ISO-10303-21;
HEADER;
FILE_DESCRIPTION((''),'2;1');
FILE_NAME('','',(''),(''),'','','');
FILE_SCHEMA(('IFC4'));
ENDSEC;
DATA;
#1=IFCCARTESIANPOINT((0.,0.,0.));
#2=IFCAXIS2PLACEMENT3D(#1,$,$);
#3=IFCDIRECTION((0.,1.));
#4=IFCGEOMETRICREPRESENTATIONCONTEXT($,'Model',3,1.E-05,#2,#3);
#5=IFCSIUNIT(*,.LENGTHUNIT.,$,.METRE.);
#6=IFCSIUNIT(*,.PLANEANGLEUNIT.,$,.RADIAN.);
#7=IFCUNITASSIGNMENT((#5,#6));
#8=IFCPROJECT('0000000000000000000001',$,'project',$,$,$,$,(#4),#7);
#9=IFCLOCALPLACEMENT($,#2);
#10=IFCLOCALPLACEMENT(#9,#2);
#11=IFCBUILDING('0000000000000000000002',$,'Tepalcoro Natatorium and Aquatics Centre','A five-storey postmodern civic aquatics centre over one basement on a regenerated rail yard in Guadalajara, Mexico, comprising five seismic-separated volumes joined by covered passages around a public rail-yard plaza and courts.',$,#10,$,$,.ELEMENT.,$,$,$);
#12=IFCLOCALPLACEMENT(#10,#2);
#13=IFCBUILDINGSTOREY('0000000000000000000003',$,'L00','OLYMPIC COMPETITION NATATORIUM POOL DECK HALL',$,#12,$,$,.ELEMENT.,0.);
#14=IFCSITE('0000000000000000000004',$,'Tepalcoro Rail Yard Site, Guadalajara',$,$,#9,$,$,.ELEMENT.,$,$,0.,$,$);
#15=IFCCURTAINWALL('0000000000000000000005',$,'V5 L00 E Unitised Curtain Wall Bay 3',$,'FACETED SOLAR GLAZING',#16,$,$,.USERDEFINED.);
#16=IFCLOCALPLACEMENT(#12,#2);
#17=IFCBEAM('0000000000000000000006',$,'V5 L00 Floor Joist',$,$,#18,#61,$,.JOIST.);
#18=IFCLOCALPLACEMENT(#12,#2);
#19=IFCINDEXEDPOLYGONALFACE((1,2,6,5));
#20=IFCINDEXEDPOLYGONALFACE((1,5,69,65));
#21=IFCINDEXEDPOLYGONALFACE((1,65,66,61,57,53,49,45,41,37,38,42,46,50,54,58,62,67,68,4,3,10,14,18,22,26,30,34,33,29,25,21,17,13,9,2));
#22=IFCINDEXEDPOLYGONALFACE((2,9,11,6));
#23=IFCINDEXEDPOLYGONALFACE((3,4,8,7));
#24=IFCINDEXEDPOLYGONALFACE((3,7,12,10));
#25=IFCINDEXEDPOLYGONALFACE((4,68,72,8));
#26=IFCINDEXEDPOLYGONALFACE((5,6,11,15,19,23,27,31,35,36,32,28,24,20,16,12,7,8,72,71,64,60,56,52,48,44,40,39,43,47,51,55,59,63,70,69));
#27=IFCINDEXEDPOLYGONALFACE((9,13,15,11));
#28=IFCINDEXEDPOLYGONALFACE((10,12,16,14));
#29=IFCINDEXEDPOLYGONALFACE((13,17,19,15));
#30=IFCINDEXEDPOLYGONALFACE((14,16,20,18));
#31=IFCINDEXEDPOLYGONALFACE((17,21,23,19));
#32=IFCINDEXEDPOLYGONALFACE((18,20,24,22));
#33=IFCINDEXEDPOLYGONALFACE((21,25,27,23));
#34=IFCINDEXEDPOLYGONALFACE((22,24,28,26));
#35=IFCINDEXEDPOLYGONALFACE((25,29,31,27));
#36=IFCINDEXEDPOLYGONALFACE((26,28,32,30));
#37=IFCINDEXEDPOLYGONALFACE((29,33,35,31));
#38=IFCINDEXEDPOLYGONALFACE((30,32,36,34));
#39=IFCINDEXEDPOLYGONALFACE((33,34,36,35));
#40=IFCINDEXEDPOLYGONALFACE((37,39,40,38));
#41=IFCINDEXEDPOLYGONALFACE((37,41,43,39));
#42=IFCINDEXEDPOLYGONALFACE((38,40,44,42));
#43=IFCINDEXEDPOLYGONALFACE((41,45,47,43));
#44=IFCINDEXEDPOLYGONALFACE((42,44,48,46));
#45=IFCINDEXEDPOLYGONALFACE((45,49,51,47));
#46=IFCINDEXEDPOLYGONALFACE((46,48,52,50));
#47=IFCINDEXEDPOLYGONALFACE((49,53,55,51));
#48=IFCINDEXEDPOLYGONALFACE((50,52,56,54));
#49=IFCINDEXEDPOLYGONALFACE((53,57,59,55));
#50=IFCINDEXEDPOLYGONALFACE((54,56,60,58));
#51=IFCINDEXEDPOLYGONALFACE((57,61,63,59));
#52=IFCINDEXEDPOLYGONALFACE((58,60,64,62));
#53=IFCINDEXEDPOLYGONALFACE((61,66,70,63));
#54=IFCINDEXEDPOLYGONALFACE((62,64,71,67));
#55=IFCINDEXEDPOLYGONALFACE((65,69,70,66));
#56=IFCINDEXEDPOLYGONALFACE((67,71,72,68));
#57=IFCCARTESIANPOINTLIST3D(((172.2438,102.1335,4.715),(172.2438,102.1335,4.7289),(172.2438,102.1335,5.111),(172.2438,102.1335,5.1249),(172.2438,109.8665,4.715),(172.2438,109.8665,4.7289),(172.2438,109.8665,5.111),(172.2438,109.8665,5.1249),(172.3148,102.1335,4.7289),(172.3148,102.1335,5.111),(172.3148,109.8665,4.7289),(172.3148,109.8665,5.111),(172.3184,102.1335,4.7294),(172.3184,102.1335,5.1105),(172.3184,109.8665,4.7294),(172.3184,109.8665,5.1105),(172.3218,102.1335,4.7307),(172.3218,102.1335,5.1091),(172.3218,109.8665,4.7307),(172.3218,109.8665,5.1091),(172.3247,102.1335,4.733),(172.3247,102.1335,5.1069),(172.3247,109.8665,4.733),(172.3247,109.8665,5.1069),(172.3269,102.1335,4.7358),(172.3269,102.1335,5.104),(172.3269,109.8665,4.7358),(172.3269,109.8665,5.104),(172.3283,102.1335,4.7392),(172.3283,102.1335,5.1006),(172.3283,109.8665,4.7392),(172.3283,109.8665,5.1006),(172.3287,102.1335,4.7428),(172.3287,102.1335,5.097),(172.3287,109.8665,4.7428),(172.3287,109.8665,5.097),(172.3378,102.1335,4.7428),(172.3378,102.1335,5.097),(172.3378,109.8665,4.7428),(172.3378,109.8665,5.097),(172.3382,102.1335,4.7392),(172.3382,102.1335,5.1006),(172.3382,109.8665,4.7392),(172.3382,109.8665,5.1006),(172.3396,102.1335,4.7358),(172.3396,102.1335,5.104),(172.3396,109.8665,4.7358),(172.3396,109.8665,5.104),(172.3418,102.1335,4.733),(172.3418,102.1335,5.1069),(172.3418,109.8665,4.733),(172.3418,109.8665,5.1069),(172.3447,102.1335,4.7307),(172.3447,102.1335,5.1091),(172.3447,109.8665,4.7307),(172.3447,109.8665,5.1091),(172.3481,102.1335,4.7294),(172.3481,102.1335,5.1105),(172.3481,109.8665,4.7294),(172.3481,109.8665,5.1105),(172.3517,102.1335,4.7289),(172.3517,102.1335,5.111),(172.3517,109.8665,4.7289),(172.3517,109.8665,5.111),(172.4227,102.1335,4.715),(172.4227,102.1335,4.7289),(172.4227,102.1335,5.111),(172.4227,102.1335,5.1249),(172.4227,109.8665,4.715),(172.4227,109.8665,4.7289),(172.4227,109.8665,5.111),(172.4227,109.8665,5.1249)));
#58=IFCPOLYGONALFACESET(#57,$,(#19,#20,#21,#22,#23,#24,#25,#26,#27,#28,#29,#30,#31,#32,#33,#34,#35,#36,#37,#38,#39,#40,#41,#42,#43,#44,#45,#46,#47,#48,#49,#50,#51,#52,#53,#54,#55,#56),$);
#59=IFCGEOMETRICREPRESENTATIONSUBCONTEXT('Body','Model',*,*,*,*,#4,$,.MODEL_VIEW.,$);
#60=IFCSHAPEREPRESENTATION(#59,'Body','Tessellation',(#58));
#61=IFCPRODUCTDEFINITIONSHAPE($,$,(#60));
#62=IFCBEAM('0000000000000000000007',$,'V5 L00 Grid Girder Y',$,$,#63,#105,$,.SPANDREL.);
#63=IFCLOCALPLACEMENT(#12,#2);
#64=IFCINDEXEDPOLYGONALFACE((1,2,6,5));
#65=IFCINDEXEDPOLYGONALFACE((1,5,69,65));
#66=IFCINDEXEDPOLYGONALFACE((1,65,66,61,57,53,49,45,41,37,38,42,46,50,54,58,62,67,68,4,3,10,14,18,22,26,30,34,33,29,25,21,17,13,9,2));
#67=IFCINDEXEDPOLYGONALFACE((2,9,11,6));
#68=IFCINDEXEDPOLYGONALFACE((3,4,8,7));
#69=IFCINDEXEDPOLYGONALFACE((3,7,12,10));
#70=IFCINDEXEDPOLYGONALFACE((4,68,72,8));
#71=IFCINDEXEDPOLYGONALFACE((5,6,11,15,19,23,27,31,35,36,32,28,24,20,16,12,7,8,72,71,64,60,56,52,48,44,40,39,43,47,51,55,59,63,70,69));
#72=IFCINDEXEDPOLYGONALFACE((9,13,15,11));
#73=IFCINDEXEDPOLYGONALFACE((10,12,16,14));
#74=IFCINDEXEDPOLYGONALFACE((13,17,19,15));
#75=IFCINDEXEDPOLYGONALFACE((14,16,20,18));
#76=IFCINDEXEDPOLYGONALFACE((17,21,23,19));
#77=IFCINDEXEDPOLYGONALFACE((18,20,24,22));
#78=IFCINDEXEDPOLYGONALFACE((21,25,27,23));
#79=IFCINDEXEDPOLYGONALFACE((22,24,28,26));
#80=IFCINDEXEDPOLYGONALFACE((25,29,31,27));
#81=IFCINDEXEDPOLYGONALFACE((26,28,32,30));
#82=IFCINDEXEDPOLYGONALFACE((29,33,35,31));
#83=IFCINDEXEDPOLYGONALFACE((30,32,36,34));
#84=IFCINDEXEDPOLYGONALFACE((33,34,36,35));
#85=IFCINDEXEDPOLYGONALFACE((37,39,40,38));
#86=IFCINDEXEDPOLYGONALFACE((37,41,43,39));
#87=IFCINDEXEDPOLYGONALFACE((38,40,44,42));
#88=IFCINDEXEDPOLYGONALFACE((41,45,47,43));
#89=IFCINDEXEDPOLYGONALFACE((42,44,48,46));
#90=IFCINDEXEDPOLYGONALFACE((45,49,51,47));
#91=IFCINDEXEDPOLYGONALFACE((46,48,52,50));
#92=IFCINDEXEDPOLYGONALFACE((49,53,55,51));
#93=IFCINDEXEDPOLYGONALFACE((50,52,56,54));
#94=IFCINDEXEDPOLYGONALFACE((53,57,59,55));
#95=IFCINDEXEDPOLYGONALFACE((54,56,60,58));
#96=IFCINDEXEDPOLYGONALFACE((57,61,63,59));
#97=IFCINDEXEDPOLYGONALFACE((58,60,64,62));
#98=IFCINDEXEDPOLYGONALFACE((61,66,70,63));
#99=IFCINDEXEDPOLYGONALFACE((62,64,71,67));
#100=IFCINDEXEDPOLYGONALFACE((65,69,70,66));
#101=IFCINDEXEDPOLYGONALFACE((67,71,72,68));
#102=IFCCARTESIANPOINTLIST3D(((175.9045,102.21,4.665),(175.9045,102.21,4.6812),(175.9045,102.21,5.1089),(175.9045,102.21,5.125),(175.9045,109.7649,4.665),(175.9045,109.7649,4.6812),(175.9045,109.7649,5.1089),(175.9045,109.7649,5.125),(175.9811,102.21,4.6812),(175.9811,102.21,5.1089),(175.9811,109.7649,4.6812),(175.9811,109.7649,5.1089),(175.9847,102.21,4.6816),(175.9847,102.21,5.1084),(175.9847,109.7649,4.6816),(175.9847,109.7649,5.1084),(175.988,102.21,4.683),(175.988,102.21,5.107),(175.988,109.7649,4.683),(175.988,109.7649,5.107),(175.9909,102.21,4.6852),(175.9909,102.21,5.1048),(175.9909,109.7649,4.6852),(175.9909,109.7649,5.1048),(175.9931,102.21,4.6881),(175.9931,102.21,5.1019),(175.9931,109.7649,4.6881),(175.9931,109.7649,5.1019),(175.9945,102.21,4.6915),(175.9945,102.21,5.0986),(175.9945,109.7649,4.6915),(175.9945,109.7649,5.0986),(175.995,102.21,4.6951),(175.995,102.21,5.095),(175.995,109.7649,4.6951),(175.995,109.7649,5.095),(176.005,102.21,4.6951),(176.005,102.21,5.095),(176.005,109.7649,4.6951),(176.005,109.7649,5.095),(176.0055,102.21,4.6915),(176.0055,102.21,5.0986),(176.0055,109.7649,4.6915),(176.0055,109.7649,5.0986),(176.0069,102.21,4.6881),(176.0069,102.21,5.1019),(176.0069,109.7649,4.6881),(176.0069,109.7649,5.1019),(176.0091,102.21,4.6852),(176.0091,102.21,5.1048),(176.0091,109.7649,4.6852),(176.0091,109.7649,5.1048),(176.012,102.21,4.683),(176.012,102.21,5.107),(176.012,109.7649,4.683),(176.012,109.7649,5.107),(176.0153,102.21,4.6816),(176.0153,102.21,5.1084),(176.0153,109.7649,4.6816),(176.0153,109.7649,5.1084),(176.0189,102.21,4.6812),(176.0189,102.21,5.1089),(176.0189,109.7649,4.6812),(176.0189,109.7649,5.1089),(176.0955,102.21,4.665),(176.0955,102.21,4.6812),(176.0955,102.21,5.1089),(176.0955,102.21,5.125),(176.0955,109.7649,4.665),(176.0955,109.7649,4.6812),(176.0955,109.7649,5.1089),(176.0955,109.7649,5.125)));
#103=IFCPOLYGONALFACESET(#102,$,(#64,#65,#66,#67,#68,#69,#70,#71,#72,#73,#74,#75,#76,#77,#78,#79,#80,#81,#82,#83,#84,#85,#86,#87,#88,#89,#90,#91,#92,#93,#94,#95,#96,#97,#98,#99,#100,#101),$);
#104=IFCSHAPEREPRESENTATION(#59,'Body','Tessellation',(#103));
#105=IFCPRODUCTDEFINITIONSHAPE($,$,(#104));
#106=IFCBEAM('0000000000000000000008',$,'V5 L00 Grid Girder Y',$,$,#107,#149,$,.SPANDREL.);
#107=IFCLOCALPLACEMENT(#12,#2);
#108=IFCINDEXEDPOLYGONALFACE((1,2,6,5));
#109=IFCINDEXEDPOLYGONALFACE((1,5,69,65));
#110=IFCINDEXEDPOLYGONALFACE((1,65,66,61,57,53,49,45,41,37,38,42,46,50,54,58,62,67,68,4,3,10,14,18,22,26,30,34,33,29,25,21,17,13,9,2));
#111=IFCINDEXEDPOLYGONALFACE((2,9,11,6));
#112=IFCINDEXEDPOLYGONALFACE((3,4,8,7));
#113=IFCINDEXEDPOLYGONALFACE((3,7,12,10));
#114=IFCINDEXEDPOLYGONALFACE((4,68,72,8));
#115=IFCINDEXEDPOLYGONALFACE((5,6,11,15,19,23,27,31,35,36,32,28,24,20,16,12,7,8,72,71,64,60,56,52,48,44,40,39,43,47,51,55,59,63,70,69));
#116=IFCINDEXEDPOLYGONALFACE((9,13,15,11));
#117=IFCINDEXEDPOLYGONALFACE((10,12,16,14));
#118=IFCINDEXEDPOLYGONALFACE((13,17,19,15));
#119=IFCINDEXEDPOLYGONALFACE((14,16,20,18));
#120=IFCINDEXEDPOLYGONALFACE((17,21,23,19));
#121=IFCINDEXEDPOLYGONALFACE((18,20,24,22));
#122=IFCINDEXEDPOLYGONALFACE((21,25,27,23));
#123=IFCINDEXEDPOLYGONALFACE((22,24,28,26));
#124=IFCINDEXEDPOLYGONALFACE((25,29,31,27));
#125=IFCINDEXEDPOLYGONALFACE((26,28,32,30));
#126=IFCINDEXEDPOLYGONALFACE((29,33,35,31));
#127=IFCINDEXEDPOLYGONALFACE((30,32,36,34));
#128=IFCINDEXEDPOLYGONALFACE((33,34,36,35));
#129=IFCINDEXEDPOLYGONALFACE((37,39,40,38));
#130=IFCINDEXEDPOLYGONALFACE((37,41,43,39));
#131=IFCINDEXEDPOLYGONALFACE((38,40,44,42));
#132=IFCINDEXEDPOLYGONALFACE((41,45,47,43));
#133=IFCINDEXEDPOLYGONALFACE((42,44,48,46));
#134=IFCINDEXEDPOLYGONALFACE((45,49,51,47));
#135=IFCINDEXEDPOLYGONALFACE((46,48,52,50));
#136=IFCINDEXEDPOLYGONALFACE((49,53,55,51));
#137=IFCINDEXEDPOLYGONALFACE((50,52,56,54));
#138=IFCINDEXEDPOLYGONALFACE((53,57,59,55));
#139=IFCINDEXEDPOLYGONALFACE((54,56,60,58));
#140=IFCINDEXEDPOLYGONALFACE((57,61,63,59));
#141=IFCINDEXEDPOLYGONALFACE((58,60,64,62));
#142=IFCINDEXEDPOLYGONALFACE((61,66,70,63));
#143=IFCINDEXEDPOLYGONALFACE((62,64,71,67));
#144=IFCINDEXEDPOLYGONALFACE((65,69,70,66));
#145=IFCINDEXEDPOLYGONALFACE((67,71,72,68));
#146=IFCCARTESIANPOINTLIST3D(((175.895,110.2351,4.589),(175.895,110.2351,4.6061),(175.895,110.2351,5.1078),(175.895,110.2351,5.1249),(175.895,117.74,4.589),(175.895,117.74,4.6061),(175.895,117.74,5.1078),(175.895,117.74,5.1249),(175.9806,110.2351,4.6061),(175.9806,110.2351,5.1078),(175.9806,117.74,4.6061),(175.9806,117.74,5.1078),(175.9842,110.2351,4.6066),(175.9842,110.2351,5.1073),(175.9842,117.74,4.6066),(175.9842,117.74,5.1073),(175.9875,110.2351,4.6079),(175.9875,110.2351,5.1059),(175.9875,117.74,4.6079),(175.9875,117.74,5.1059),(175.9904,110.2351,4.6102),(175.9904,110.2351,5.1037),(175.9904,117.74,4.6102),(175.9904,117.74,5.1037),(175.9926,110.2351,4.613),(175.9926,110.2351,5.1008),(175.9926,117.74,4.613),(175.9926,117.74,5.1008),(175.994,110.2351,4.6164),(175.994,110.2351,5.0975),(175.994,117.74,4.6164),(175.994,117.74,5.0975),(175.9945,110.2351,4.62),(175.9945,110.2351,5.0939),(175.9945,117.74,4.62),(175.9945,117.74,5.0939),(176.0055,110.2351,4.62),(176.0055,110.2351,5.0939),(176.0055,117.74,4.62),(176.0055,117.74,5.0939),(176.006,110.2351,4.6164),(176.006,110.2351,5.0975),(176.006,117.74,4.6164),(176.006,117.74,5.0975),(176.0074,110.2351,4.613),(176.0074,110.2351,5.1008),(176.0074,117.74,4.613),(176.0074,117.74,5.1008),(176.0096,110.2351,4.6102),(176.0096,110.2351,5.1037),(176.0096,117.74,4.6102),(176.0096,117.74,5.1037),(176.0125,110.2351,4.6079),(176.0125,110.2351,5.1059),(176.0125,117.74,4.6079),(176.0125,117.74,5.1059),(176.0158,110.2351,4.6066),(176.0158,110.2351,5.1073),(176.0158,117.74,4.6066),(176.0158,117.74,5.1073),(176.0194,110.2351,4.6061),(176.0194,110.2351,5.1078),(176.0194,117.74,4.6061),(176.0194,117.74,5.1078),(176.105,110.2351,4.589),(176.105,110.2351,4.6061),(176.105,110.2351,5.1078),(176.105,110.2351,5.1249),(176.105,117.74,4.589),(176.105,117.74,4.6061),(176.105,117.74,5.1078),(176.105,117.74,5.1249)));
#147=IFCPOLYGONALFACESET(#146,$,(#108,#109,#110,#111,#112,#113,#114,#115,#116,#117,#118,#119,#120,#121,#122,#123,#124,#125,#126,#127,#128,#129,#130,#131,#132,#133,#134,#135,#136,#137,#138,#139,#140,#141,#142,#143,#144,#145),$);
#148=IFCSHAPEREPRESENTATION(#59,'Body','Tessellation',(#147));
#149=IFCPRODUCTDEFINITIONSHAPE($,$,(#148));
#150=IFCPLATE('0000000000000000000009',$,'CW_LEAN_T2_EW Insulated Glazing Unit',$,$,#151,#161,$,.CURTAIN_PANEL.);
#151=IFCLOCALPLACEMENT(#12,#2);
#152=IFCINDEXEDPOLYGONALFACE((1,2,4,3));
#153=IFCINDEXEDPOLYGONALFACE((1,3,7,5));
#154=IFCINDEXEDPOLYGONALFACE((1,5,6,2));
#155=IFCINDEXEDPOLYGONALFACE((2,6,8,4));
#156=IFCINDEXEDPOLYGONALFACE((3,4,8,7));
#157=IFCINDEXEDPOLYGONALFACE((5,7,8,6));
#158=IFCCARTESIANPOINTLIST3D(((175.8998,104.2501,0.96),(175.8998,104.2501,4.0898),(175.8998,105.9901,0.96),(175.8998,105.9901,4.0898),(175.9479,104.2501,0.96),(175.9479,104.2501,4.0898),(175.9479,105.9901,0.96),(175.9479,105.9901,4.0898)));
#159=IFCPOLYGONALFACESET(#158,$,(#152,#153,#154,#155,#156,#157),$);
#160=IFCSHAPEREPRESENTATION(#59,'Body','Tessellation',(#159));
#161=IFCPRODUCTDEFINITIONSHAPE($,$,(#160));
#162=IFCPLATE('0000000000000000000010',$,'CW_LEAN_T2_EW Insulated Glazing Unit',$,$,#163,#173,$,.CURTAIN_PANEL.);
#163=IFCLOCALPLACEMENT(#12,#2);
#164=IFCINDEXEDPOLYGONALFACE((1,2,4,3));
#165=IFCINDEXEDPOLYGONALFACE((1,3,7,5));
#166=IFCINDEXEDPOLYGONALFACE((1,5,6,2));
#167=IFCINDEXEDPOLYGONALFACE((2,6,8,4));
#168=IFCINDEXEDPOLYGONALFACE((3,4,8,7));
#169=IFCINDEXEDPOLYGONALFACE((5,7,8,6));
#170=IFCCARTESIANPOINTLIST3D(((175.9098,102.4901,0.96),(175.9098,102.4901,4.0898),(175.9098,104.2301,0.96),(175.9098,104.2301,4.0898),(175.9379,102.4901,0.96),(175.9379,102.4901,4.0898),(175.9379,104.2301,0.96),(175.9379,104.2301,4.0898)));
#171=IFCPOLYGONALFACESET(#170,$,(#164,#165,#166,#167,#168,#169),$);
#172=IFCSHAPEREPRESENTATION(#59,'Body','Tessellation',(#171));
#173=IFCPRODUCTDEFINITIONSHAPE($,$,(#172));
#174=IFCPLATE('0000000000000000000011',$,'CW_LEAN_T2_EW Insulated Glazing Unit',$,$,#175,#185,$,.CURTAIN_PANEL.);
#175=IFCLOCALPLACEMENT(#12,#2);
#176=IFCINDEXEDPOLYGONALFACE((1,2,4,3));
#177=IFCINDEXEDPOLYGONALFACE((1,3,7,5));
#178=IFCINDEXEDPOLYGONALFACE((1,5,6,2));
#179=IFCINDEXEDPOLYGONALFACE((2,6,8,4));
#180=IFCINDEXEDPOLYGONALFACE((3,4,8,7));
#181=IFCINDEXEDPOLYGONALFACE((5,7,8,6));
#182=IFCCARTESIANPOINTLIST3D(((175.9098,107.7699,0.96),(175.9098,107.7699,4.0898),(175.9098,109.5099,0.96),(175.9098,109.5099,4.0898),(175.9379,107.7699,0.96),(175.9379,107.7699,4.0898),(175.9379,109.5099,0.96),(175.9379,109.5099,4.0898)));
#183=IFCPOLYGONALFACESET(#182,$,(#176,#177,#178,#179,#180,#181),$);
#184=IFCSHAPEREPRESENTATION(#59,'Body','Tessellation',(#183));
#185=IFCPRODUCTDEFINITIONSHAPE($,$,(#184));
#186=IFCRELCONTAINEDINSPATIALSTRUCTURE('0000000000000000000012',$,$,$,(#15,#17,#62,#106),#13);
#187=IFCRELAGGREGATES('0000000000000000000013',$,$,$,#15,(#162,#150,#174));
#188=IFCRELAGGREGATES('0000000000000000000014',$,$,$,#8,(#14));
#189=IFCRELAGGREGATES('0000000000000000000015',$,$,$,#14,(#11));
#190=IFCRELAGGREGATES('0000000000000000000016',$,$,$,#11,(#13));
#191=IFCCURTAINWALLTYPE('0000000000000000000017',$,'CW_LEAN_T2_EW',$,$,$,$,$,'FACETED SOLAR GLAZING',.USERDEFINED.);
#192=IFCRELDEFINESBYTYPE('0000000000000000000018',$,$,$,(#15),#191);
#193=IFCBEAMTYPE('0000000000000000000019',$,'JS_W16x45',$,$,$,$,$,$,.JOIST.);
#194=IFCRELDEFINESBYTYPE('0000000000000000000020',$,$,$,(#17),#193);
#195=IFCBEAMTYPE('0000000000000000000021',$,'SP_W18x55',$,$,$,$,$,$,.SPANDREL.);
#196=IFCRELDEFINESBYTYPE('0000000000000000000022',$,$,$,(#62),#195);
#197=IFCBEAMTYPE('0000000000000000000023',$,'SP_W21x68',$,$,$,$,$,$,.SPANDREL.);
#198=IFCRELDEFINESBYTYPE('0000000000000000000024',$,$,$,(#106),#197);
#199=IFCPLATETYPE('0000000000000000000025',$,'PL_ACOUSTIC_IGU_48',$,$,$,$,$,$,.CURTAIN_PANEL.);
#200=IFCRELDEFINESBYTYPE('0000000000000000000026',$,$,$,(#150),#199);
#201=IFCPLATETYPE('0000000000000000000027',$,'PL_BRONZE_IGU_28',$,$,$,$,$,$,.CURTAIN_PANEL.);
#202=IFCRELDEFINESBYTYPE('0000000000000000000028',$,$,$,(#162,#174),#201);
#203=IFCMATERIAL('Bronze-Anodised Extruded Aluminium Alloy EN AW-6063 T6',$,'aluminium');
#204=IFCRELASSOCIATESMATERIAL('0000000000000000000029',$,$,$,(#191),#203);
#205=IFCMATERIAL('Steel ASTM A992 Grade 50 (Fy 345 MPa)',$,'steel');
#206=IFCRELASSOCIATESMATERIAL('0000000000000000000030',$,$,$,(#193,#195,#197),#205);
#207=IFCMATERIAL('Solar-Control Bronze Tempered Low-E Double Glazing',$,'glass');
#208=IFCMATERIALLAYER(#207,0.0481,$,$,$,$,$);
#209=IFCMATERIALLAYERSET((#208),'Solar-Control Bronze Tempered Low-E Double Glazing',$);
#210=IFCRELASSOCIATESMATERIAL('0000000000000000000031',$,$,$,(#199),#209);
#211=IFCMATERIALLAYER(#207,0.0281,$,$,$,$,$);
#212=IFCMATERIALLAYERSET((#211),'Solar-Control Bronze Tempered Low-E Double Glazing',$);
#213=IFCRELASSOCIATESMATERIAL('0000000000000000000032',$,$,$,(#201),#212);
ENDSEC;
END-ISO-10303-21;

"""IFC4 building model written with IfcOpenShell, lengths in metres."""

from ifc_helpers import new_model, si_unit, direction, frame, origin, origin_2d, place, context, subcontext, project, spatial, rectangle, i_section, extrude, material, layer, layer_set, material_profile, profile_set, type_object, element, aggregate, save


model = new_model("IFC4")

# Units and contexts
model_context = context("Model", 3, precision=1e-05, world=origin(), true_north=direction((0.0, 1.0)))
body_context = subcontext(model_context, "Body", "Model", "MODEL_VIEW")
ifc_project = project(units=[si_unit("LENGTHUNIT", "METRE"), si_unit("PLANEANGLEUNIT", "RADIAN")], contexts=[model_context])

# Site, building, storey
site_placement = place(None, origin())
site = spatial("IfcSite", under=ifc_project, at=site_placement, Name="Tepalcoro Rail Yard Site, Guadalajara", CompositionType="ELEMENT", RefElevation=0.0)
building_placement = place(site_placement, origin())
building = spatial("IfcBuilding", under=site, at=building_placement, Name="Tepalcoro Natatorium and Aquatics Centre", Description="A five-storey postmodern civic aquatics centre over one basement on a regenerated rail yard in Guadalajara, Mexico, comprising five seismic-separated volumes joined by covered passages around a public rail-yard plaza and courts.", CompositionType="ELEMENT")
storey_placement = place(building_placement, origin())
storey = spatial("IfcBuildingStorey", under=building, at=storey_placement, Name="L00", Description="OLYMPIC COMPETITION NATATORIUM POOL DECK HALL", CompositionType="ELEMENT", Elevation=0.0)

# Curtain wall
ifc_material_1 = material(Name="Bronze-Anodised Extruded Aluminium Alloy EN AW-6063 T6", Category="aluminium")
curtain_wall_type_1 = type_object("IfcCurtainWallType", Name="CW_LEAN_T2_EW", ElementType="FACETED SOLAR GLAZING", PredefinedType="USERDEFINED", material=ifc_material_1)
curtain_wall_1_placement = place(storey_placement, origin())
curtain_wall_1 = element("IfcCurtainWall", 1, at=curtain_wall_1_placement, inside=storey, type_object=curtain_wall_type_1, Name="V5 L00 E Unitised Curtain Wall Bay 3", ObjectType="FACETED SOLAR GLAZING", PredefinedType="USERDEFINED")

# Beams
ifc_material_2 = material(Name="Steel ASTM A992 Grade 50 (Fy 345 MPa)", Category="steel")
ifc_material_profile_1 = material_profile(ifc_material_2, i_section(OverallWidth=0.179, OverallDepth=0.4099, WebThickness=0.009, FlangeThickness=0.0139, FilletRadius=0.0139, at=origin_2d()), Name="W16X45")
ifc_profile_set_1 = profile_set([ifc_material_profile_1], Name="Steel ASTM A992 Grade 50 (Fy 345 MPa)")
beam_type_1 = type_object("IfcBeamType", Name="JS_W16x45", PredefinedType="JOIST", material=ifc_profile_set_1)
beam_1_placement = place(storey_placement, frame((172.3333, 102.1335, 4.9199), z_axis=(0.0, 1.0, 0.0), x_axis=(-1.0, 0.0, 0.0)))
element("IfcBeam", 2, at=beam_1_placement, inside=storey, type_object=beam_type_1, Name="V5 L00 Floor Joist", PredefinedType="JOIST", context=body_context, shape_type="SweptSolid", body=[
    extrude(i_section(OverallWidth=0.179, OverallDepth=0.4099, WebThickness=0.009, FlangeThickness=0.0139, FilletRadius=0.0139, at=origin_2d()), origin(), (0.0, 0.0, 1.0), 7.7329),
])
ifc_material_profile_2 = material_profile(ifc_material_2, i_section(OverallWidth=0.1909, OverallDepth=0.46, WebThickness=0.01, FlangeThickness=0.0161, FilletRadius=0.0139, at=origin_2d()), Name="W18X55")
ifc_profile_set_2 = profile_set([ifc_material_profile_2], Name="Steel ASTM A992 Grade 50 (Fy 345 MPa)")
beam_type_2 = type_object("IfcBeamType", Name="SP_W18x55", PredefinedType="SPANDREL", material=ifc_profile_set_2)
beam_2_placement = place(storey_placement, frame((176.0, 102.21, 4.895), z_axis=(0.0, 1.0, 0.0), x_axis=(-1.0, 0.0, 0.0)))
element("IfcBeam", 3, at=beam_2_placement, inside=storey, type_object=beam_type_2, Name="V5 L00 Grid Girder Y", PredefinedType="SPANDREL", context=body_context, shape_type="SweptSolid", body=[
    extrude(i_section(OverallWidth=0.1909, OverallDepth=0.46, WebThickness=0.01, FlangeThickness=0.0161, FilletRadius=0.0139, at=origin_2d()), origin(), (0.0, 0.0, 1.0), 7.5549),
])
ifc_material_profile_3 = material_profile(ifc_material_2, i_section(OverallWidth=0.21, OverallDepth=0.5359, WebThickness=0.011, FlangeThickness=0.0171, FilletRadius=0.0139, at=origin_2d()), Name="W21X68")
ifc_profile_set_3 = profile_set([ifc_material_profile_3], Name="Steel ASTM A992 Grade 50 (Fy 345 MPa)")
beam_type_3 = type_object("IfcBeamType", Name="SP_W21x68", PredefinedType="SPANDREL", material=ifc_profile_set_3)
beam_3_placement = place(storey_placement, frame((176.0, 110.2351, 4.8569), z_axis=(0.0, 1.0, 0.0), x_axis=(-1.0, 0.0, 0.0)))
element("IfcBeam", 4, at=beam_3_placement, inside=storey, type_object=beam_type_3, Name="V5 L00 Grid Girder Y", PredefinedType="SPANDREL", context=body_context, shape_type="SweptSolid", body=[
    extrude(i_section(OverallWidth=0.21, OverallDepth=0.5359, WebThickness=0.011, FlangeThickness=0.0171, FilletRadius=0.0139, at=origin_2d()), origin(), (0.0, 0.0, 1.0), 7.5049),
])

# Plates
ifc_material_3 = material(Name="Solar-Control Bronze Tempered Low-E Double Glazing", Category="glass")
ifc_layer_1 = layer(ifc_material_3, 0.0481)
ifc_layer_set_1 = layer_set([ifc_layer_1], Name="Solar-Control Bronze Tempered Low-E Double Glazing")
plate_type_1 = type_object("IfcPlateType", Name="PL_ACOUSTIC_IGU_48", PredefinedType="CURTAIN_PANEL", material=ifc_layer_set_1)
plate_1_placement = place(storey_placement, frame((175.9238, 105.1201, 0.96), z_axis=(0.0, 0.0, 1.0), x_axis=(1.0, 0.0, 0.0)))
plate_1 = element("IfcPlate", 5, at=plate_1_placement, type_object=plate_type_1, Name="CW_LEAN_T2_EW Insulated Glazing Unit", PredefinedType="CURTAIN_PANEL", context=body_context, shape_type="SweptSolid", body=[
    extrude(rectangle(XDim=0.0481, YDim=1.74, at=origin_2d()), origin(), (0.0, 0.0, 1.0), 3.1299),
])
ifc_layer_2 = layer(ifc_material_3, 0.0281)
ifc_layer_set_2 = layer_set([ifc_layer_2], Name="Solar-Control Bronze Tempered Low-E Double Glazing")
plate_type_2 = type_object("IfcPlateType", Name="PL_BRONZE_IGU_28", PredefinedType="CURTAIN_PANEL", material=ifc_layer_set_2)
plate_2_placement = place(storey_placement, frame((175.9238, 103.3601, 0.96), z_axis=(0.0, 0.0, 1.0), x_axis=(1.0, 0.0, 0.0)))
plate_2 = element("IfcPlate", 6, at=plate_2_placement, type_object=plate_type_2, Name="CW_LEAN_T2_EW Insulated Glazing Unit", PredefinedType="CURTAIN_PANEL", context=body_context, shape_type="SweptSolid", body=[
    extrude(rectangle(XDim=0.0281, YDim=1.74, at=origin_2d()), origin(), (0.0, 0.0, 1.0), 3.1299),
])
plate_3_placement = place(storey_placement, frame((175.9238, 108.6399, 0.96), z_axis=(0.0, 0.0, 1.0), x_axis=(1.0, 0.0, 0.0)))
plate_3 = element("IfcPlate", 7, at=plate_3_placement, type_object=plate_type_2, Name="CW_LEAN_T2_EW Insulated Glazing Unit", PredefinedType="CURTAIN_PANEL", context=body_context, shape_type="SweptSolid", body=[
    extrude(rectangle(XDim=0.0281, YDim=1.74, at=origin_2d()), origin(), (0.0, 0.0, 1.0), 3.1299),
])
aggregate(curtain_wall_1, [plate_2, plate_1, plate_3])

save(model, "model.ifc")
